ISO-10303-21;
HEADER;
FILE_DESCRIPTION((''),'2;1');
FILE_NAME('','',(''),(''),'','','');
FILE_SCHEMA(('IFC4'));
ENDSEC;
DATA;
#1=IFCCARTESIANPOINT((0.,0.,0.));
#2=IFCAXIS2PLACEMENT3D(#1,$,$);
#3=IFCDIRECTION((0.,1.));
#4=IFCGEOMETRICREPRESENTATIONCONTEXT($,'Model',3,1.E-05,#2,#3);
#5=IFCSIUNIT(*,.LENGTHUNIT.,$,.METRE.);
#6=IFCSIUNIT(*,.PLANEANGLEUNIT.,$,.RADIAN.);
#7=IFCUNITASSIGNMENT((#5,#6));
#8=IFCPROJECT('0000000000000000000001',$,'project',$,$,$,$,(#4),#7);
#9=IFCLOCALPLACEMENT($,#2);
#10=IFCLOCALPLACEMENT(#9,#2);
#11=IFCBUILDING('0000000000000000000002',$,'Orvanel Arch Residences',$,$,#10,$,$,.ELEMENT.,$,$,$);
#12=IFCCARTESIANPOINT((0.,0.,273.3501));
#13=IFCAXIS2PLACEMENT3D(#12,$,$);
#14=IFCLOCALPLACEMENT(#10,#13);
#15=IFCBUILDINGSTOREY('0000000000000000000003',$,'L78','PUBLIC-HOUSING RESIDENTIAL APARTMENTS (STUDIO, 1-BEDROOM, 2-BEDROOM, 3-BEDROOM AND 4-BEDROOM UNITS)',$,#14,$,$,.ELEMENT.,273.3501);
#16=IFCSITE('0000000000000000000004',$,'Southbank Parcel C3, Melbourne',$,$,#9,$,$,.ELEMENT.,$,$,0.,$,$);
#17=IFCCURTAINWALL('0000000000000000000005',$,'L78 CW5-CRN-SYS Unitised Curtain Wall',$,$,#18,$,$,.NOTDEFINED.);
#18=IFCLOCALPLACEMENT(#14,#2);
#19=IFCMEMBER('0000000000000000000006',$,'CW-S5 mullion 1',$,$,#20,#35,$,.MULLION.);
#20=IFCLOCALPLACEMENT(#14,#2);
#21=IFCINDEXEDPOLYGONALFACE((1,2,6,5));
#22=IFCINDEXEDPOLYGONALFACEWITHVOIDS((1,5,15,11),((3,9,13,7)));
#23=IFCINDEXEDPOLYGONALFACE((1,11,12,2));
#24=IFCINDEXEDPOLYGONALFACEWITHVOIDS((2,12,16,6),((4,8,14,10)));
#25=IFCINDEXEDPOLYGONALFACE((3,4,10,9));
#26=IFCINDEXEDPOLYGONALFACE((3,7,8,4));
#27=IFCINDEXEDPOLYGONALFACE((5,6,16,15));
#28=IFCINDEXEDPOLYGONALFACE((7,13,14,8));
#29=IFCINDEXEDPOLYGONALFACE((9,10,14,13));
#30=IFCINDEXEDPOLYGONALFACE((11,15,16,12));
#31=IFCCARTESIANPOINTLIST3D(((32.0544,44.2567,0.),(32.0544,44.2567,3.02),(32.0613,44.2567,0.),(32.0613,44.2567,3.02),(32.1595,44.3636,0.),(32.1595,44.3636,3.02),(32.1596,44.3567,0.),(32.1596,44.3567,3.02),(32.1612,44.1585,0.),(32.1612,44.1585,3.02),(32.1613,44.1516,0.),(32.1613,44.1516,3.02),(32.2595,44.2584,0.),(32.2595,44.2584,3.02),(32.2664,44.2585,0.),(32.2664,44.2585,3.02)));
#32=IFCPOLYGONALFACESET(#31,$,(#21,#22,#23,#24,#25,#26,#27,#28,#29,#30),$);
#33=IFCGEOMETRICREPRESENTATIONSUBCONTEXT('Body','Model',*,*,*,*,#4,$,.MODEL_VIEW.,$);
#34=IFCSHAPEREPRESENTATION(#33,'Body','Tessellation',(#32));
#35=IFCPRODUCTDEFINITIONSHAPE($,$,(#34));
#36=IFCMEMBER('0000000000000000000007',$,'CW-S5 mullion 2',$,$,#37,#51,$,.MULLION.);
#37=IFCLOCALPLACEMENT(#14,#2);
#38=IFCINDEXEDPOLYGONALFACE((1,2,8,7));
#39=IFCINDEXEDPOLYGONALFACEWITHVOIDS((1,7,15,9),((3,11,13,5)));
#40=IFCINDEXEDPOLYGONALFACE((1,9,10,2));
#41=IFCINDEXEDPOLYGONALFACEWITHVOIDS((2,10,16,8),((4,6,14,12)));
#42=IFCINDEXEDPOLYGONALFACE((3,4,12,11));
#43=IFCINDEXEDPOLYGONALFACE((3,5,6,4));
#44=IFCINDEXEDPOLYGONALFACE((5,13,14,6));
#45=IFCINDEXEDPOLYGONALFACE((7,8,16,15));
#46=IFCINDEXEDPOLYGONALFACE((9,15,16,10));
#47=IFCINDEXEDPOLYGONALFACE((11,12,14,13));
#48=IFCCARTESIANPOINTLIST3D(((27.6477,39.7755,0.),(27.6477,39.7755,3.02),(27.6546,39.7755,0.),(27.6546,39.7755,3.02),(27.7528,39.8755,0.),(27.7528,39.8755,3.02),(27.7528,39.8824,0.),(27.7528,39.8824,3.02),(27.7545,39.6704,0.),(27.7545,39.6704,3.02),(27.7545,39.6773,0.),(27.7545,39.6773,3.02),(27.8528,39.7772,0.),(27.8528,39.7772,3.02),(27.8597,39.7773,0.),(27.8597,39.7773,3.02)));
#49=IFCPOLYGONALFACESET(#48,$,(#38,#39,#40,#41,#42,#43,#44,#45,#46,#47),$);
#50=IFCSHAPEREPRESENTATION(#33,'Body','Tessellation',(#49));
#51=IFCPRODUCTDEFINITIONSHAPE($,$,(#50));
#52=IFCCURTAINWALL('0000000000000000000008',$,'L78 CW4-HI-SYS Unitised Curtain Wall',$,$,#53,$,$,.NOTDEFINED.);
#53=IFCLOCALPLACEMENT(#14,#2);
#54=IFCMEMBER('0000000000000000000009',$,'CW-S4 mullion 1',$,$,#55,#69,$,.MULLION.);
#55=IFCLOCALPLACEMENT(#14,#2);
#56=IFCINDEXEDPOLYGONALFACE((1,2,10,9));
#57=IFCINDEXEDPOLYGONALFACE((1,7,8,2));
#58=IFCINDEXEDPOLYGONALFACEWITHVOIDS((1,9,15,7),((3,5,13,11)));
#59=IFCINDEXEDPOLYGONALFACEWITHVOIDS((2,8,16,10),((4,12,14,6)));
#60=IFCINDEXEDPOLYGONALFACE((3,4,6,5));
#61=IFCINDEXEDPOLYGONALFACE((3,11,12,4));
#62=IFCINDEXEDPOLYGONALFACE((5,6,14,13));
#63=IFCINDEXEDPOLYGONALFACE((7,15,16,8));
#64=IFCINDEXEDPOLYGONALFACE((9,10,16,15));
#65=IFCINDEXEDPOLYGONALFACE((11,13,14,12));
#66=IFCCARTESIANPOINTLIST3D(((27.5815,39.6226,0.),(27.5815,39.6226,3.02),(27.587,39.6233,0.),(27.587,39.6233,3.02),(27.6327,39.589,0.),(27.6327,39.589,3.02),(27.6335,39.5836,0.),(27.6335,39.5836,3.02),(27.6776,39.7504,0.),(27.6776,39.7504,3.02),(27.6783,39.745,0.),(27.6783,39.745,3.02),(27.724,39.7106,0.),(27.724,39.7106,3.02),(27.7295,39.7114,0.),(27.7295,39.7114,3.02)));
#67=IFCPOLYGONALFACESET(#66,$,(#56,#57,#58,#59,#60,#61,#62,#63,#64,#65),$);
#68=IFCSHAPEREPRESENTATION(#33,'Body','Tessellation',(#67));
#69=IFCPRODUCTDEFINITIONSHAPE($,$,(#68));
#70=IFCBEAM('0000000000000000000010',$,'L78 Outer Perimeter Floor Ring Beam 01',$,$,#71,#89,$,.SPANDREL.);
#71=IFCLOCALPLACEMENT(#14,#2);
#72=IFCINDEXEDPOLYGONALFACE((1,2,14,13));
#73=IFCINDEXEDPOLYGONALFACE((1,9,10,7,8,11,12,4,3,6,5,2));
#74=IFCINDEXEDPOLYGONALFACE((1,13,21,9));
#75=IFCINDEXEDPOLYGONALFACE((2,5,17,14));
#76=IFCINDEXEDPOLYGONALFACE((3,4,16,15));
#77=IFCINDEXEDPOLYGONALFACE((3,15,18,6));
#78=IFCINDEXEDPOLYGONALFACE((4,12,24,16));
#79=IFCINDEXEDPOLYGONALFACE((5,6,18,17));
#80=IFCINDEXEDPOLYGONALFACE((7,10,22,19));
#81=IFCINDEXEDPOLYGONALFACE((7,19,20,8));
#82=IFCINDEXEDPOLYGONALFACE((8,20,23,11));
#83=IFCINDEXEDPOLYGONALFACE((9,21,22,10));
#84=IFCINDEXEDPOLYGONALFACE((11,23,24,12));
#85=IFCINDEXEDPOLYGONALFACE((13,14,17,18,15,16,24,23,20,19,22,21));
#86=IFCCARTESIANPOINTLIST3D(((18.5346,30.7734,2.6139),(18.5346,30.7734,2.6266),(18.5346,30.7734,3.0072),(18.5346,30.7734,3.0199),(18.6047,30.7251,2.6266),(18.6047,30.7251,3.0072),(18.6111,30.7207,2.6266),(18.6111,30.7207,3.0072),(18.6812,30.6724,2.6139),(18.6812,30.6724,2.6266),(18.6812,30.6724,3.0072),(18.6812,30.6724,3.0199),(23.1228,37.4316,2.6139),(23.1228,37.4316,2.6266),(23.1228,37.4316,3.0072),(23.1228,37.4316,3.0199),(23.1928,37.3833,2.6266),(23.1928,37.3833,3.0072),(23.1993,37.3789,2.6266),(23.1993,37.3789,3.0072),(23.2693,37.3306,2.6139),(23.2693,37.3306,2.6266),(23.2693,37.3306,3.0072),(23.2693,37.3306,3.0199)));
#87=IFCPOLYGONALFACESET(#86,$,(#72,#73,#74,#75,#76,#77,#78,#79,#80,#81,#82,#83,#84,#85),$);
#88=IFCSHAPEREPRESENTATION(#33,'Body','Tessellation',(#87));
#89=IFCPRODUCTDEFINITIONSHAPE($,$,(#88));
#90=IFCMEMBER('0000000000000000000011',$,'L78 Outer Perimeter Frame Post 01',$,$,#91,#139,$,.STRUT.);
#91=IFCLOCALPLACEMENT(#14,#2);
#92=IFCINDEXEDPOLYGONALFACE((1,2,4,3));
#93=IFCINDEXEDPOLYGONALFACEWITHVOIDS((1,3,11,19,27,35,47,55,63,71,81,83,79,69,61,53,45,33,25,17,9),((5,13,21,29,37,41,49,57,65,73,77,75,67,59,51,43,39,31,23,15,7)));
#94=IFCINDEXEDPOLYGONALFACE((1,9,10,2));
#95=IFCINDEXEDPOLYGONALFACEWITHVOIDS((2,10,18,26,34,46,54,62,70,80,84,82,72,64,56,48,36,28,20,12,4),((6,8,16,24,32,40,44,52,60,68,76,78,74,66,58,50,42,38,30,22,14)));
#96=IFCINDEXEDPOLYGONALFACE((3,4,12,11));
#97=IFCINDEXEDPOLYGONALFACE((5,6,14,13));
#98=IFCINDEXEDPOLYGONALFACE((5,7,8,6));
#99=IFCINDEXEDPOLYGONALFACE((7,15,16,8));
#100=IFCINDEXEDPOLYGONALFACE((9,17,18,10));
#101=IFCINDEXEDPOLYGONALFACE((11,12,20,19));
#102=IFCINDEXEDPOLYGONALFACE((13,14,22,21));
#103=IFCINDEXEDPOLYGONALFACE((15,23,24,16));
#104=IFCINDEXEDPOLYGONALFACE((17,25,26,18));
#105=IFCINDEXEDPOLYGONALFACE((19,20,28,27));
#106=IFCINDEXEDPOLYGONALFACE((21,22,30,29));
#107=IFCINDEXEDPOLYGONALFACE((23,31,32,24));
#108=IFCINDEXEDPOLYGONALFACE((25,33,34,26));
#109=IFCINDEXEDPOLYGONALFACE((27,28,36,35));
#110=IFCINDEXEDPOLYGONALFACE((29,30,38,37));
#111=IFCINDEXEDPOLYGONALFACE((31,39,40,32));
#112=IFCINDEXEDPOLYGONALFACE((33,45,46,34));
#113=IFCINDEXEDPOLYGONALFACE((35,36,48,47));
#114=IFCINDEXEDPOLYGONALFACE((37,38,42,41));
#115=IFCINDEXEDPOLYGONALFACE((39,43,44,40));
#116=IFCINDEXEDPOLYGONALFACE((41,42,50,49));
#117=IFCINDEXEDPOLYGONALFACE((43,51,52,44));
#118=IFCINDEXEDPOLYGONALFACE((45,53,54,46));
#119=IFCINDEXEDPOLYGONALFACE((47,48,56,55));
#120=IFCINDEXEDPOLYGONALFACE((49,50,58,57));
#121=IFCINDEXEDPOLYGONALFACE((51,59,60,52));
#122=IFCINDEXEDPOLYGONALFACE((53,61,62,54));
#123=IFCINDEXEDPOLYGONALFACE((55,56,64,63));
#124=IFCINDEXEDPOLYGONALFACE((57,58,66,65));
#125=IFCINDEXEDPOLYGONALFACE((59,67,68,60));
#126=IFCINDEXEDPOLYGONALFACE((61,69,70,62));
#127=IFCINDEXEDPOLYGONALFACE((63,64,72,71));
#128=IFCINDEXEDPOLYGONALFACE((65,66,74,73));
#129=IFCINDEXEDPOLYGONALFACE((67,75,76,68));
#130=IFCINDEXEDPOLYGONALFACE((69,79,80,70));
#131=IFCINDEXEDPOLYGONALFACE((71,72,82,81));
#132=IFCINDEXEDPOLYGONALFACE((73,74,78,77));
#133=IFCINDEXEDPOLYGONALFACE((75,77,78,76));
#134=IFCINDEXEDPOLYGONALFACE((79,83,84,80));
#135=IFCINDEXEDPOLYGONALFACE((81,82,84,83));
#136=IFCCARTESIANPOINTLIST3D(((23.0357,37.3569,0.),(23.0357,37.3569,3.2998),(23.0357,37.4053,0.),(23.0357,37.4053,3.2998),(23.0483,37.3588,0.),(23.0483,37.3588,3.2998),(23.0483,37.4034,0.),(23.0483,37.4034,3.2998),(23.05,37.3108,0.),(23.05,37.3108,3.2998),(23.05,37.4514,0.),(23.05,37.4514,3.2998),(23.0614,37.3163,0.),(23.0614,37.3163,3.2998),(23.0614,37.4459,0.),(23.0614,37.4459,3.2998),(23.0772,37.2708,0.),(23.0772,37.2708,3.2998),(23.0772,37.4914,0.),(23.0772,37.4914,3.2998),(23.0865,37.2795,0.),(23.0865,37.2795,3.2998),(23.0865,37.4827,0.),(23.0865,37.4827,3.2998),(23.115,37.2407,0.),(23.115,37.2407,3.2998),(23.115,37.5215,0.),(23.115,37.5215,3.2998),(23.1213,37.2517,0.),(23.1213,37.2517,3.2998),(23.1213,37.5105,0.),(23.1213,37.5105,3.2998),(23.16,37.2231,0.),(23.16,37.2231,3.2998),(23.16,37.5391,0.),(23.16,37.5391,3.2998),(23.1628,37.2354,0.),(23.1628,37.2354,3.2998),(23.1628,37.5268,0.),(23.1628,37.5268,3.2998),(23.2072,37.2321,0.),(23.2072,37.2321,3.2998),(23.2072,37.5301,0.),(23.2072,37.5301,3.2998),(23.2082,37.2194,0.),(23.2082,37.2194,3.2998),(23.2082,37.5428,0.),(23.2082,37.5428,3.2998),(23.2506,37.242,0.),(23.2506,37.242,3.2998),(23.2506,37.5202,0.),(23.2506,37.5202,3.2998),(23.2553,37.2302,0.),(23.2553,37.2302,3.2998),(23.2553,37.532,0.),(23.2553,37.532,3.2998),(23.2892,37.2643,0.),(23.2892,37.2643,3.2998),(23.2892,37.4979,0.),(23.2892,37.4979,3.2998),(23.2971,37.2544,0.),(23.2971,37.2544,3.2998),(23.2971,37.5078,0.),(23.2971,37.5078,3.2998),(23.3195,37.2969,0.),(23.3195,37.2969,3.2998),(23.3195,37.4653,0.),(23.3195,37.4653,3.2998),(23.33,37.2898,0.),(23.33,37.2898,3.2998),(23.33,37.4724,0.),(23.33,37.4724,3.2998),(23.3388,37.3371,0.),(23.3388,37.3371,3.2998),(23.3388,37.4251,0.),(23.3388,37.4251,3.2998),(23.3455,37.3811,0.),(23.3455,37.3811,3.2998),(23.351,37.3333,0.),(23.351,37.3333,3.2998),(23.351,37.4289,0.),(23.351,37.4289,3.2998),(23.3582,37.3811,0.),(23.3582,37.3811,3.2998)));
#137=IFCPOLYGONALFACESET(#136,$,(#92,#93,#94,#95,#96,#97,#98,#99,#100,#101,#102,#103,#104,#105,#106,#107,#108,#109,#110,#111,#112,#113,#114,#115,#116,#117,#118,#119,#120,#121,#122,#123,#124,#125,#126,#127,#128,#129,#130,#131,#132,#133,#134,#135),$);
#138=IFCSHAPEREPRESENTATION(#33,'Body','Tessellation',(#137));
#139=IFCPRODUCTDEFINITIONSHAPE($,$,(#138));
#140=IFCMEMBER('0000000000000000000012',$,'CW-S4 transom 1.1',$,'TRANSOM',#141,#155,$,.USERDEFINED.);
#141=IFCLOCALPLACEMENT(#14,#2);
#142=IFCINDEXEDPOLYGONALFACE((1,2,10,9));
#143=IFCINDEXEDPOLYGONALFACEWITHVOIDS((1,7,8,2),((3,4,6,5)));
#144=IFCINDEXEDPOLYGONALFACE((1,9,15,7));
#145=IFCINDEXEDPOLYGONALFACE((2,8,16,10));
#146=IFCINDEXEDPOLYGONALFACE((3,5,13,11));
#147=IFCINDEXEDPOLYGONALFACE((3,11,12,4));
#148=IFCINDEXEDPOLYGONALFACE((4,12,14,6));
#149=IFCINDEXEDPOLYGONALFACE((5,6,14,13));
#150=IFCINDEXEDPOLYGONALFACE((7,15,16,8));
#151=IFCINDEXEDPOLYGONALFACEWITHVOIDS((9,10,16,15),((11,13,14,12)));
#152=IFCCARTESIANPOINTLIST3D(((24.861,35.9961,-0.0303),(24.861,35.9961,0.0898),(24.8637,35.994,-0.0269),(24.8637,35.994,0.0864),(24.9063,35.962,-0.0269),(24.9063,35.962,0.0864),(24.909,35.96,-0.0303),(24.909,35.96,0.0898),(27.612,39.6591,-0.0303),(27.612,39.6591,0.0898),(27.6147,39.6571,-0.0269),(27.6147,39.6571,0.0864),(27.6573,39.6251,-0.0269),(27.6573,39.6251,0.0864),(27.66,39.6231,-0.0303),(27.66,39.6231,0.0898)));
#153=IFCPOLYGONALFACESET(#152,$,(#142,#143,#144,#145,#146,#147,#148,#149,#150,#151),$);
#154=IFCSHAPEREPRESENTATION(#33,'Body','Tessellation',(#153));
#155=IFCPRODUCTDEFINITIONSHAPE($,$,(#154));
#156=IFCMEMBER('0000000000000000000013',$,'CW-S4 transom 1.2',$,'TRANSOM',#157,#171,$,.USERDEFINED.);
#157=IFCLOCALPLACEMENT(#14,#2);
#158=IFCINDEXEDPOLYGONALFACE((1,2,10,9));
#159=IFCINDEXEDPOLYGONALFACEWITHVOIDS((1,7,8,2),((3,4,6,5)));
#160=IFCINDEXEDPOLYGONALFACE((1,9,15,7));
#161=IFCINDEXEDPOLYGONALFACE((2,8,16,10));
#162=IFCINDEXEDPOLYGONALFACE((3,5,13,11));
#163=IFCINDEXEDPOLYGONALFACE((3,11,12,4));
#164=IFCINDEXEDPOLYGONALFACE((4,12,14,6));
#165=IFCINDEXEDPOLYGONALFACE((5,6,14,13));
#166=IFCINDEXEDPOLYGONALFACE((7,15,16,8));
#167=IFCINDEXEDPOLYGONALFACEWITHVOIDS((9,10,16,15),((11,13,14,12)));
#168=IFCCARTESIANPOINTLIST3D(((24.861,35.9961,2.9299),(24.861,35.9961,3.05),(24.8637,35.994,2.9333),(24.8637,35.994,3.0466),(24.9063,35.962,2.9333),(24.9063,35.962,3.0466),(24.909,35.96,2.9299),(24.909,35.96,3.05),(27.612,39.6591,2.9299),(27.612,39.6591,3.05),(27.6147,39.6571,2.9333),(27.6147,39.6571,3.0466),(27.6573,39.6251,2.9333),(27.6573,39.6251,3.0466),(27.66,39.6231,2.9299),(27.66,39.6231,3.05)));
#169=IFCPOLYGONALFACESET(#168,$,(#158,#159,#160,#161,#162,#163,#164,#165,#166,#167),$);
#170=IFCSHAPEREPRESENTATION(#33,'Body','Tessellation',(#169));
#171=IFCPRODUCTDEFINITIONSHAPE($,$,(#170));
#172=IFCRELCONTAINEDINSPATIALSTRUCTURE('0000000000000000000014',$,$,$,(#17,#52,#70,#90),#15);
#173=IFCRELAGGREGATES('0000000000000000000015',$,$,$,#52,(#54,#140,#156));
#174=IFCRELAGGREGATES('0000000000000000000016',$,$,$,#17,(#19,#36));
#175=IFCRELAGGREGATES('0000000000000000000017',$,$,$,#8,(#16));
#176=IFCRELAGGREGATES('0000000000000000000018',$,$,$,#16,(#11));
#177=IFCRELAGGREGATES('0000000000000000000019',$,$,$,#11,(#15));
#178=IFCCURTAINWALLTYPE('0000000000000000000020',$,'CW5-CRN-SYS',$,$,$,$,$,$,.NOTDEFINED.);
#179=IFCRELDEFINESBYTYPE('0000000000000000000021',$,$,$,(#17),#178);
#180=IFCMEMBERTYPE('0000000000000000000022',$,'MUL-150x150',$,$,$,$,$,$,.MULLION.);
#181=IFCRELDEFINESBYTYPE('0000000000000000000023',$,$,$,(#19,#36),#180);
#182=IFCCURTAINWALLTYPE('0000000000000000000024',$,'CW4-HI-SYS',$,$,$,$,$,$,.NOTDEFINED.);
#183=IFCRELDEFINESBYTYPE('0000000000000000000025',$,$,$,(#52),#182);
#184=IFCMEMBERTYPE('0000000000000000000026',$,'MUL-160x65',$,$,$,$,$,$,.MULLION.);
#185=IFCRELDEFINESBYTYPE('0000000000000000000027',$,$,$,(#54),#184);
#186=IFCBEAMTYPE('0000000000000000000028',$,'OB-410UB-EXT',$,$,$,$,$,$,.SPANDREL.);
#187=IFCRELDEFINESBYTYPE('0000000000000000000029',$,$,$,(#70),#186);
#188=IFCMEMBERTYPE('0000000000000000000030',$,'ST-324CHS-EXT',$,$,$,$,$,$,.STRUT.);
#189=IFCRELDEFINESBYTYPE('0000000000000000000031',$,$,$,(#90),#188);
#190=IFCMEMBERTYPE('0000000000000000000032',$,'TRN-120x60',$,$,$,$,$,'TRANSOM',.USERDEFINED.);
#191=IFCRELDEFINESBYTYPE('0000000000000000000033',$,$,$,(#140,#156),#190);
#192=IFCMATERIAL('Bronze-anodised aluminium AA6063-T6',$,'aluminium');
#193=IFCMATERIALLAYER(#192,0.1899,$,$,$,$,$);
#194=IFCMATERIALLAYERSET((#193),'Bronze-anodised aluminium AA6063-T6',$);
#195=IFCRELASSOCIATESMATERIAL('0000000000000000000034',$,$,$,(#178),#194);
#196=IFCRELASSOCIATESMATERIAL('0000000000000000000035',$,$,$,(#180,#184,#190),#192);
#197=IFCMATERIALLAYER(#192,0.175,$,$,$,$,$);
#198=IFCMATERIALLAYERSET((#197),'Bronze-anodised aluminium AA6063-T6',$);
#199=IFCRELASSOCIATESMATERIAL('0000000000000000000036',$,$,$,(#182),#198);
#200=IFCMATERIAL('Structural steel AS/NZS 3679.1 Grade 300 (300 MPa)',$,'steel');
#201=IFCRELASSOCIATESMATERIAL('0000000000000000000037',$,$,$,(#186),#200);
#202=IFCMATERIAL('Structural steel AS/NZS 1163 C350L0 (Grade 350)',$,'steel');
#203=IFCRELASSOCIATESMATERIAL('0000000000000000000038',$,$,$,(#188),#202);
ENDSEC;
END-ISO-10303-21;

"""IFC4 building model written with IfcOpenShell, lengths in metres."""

from ifc_helpers import new_model, si_unit, direction, frame, origin, origin_2d, place, context, subcontext, project, spatial, hollow_rectangle, hollow_circle, i_section, extrude, material, layer, layer_set, material_profile, profile_set, type_object, element, aggregate, save


model = new_model("IFC4")

# Units and contexts
model_context = context("Model", 3, precision=1e-05, world=origin(), true_north=direction((0.0, 1.0)))
body_context = subcontext(model_context, "Body", "Model", "MODEL_VIEW")
ifc_project = project(units=[si_unit("LENGTHUNIT", "METRE"), si_unit("PLANEANGLEUNIT", "RADIAN")], contexts=[model_context])

# Site, building, storey
site_placement = place(None, origin())
site = spatial("IfcSite", under=ifc_project, at=site_placement, Name="Southbank Parcel C3, Melbourne", CompositionType="ELEMENT", RefElevation=0.0)
building_placement = place(site_placement, origin())
building = spatial("IfcBuilding", under=site, at=building_placement, Name="Orvanel Arch Residences", CompositionType="ELEMENT")
storey_placement = place(building_placement, frame((0.0, 0.0, 273.3501)))
storey = spatial("IfcBuildingStorey", under=building, at=storey_placement, Name="L78", Description="PUBLIC-HOUSING RESIDENTIAL APARTMENTS (STUDIO, 1-BEDROOM, 2-BEDROOM, 3-BEDROOM AND 4-BEDROOM UNITS)", CompositionType="ELEMENT", Elevation=273.3501)

# Curtain wall, members
ifc_material_1 = material(Name="Bronze-anodised aluminium AA6063-T6", Category="aluminium")
ifc_layer_1 = layer(ifc_material_1, 0.1899)
ifc_layer_set_1 = layer_set([ifc_layer_1], Name="Bronze-anodised aluminium AA6063-T6")
curtain_wall_type_1 = type_object("IfcCurtainWallType", Name="CW5-CRN-SYS", PredefinedType="NOTDEFINED", material=ifc_layer_set_1)
curtain_wall_1_placement = place(storey_placement, origin())
curtain_wall_1 = element("IfcCurtainWall", 1, at=curtain_wall_1_placement, inside=storey, type_object=curtain_wall_type_1, Name="L78 CW5-CRN-SYS Unitised Curtain Wall", PredefinedType="NOTDEFINED")
ifc_material_profile_1 = material_profile(ifc_material_1, hollow_rectangle(XDim=0.1499, YDim=0.1499, WallThickness=0.0049, at=origin_2d()), Name="ALU150x150x5")
ifc_profile_set_1 = profile_set([ifc_material_profile_1], Name="Bronze-anodised aluminium AA6063-T6")
member_type_1 = type_object("IfcMemberType", Name="MUL-150x150", PredefinedType="MULLION", material=ifc_profile_set_1)
member_1_placement = place(storey_placement, frame((32.1604, 44.2576, 0.0), z_axis=(0.0, 0.0, 1.0), x_axis=(0.712987, -0.701177, 0.0)))
member_1 = element("IfcMember", 2, at=member_1_placement, type_object=member_type_1, Name="CW-S5 mullion 1", PredefinedType="MULLION", context=body_context, shape_type="SweptSolid", body=[
    extrude(hollow_rectangle(XDim=0.1499, YDim=0.1499, WallThickness=0.0049, at=origin_2d()), origin(), (0.0, 0.0, 1.0), 3.02),
])
member_2_placement = place(storey_placement, frame((27.7537, 39.7764, 0.0), z_axis=(0.0, 0.0, 1.0), x_axis=(0.712987, -0.701177, 0.0)))
member_2 = element("IfcMember", 3, at=member_2_placement, type_object=member_type_1, Name="CW-S5 mullion 2", PredefinedType="MULLION", context=body_context, shape_type="SweptSolid", body=[
    extrude(hollow_rectangle(XDim=0.1499, YDim=0.1499, WallThickness=0.0049, at=origin_2d()), origin(), (0.0, 0.0, 1.0), 3.02),
])

# Curtain wall, member
ifc_layer_2 = layer(ifc_material_1, 0.175)
ifc_layer_set_2 = layer_set([ifc_layer_2], Name="Bronze-anodised aluminium AA6063-T6")
curtain_wall_type_2 = type_object("IfcCurtainWallType", Name="CW4-HI-SYS", PredefinedType="NOTDEFINED", material=ifc_layer_set_2)
curtain_wall_2_placement = place(storey_placement, origin())
curtain_wall_2 = element("IfcCurtainWall", 4, at=curtain_wall_2_placement, inside=storey, type_object=curtain_wall_type_2, Name="L78 CW4-HI-SYS Unitised Curtain Wall", PredefinedType="NOTDEFINED")
ifc_material_profile_2 = material_profile(ifc_material_1, hollow_rectangle(XDim=0.0649, YDim=0.1599, WallThickness=0.0039, at=origin_2d()), Name="ALU160x65x4")
ifc_profile_set_2 = profile_set([ifc_material_profile_2], Name="Bronze-anodised aluminium AA6063-T6")
member_type_2 = type_object("IfcMemberType", Name="MUL-160x65", PredefinedType="MULLION", material=ifc_profile_set_2)
member_3_placement = place(storey_placement, frame((27.6555, 39.667, 0.0), z_axis=(0.0, 0.0, 1.0), x_axis=(0.799615, -0.600513, 0.0)))
member_3 = element("IfcMember", 5, at=member_3_placement, type_object=member_type_2, Name="CW-S4 mullion 1", PredefinedType="MULLION", context=body_context, shape_type="SweptSolid", body=[
    extrude(hollow_rectangle(XDim=0.0649, YDim=0.1599, WallThickness=0.0039, at=origin_2d()), origin(), (0.0, 0.0, 1.0), 3.02),
])

# Beam
ifc_material_2 = material(Name="Structural steel AS/NZS 3679.1 Grade 300 (300 MPa)", Category="steel")
ifc_material_profile_3 = material_profile(ifc_material_2, i_section(OverallWidth=0.178, OverallDepth=0.406, WebThickness=0.0078, FlangeThickness=0.0127, at=origin_2d()), Name="410UB59.7")
ifc_profile_set_3 = profile_set([ifc_material_profile_3], Name="Structural steel AS/NZS 3679.1 Grade 300 (300 MPa)")
beam_type = type_object("IfcBeamType", Name="OB-410UB-EXT", PredefinedType="SPANDREL", material=ifc_profile_set_3)
beam_placement = place(storey_placement, frame((23.196, 37.3811, 2.8169), z_axis=(-0.56742, -0.823428, 0.0), x_axis=(0.823428, -0.56742, 0.0)))
element("IfcBeam", 6, at=beam_placement, inside=storey, type_object=beam_type, Name="L78 Outer Perimeter Floor Ring Beam 01", PredefinedType="SPANDREL", context=body_context, shape_type="SweptSolid", body=[
    extrude(i_section(OverallWidth=0.178, OverallDepth=0.406, WebThickness=0.0078, FlangeThickness=0.0127, at=origin_2d()), origin(), (0.0, 0.0, 1.0), 8.0859),
])

# Members
ifc_material_3 = material(Name="Structural steel AS/NZS 1163 C350L0 (Grade 350)", Category="steel")
ifc_material_profile_4 = material_profile(ifc_material_3, hollow_circle(Radius=0.1621, WallThickness=0.0127, at=origin_2d()), Name="CHS324x12.7")
ifc_profile_set_4 = profile_set([ifc_material_profile_4], Name="Structural steel AS/NZS 1163 C350L0 (Grade 350)")
member_type_3 = type_object("IfcMemberType", Name="ST-324CHS-EXT", PredefinedType="STRUT", material=ifc_profile_set_4)
member_4_placement = place(storey_placement, frame((23.196, 37.3811, 0.0), z_axis=(0.0, 0.0, 1.0), x_axis=(1.0, 0.0, 0.0)))
element("IfcMember", 7, at=member_4_placement, inside=storey, type_object=member_type_3, Name="L78 Outer Perimeter Frame Post 01", PredefinedType="STRUT", context=body_context, shape_type="SweptSolid", body=[
    extrude(hollow_circle(Radius=0.1621, WallThickness=0.0127, at=origin_2d()), origin(), (0.0, 0.0, 1.0), 3.2998),
])
ifc_material_profile_5 = material_profile(ifc_material_1, hollow_rectangle(XDim=0.0601, YDim=0.1201, WallThickness=0.0034, at=origin_2d()), Name="ALU120x60x3.5")
ifc_profile_set_5 = profile_set([ifc_material_profile_5], Name="Bronze-anodised aluminium AA6063-T6")
member_type_4 = type_object("IfcMemberType", Name="TRN-120x60", ElementType="TRANSOM", PredefinedType="USERDEFINED", material=ifc_profile_set_5)
member_5_placement = place(storey_placement, frame((27.636, 39.6411, 0.0298), z_axis=(-0.600511, -0.799616, 0.0), x_axis=(0.799616, -0.600511, 0.0)))
member_5 = element("IfcMember", 8, at=member_5_placement, type_object=member_type_4, Name="CW-S4 transom 1.1", ObjectType="TRANSOM", PredefinedType="USERDEFINED", context=body_context, shape_type="SweptSolid", body=[
    extrude(hollow_rectangle(XDim=0.0601, YDim=0.1201, WallThickness=0.0034, at=origin_2d()), origin(), (0.0, 0.0, 1.0), 4.5811),
])
member_6_placement = place(storey_placement, frame((27.636, 39.6411, 2.99), z_axis=(-0.600511, -0.799616, 0.0), x_axis=(0.799616, -0.600511, 0.0)))
member_6 = element("IfcMember", 9, at=member_6_placement, type_object=member_type_4, Name="CW-S4 transom 1.2", ObjectType="TRANSOM", PredefinedType="USERDEFINED", context=body_context, shape_type="SweptSolid", body=[
    extrude(hollow_rectangle(XDim=0.0601, YDim=0.1201, WallThickness=0.0034, at=origin_2d()), origin(), (0.0, 0.0, 1.0), 4.5811),
])

aggregate(curtain_wall_2, [member_3, member_5, member_6])
aggregate(curtain_wall_1, [member_1, member_2])

save(model, "model.ifc")
